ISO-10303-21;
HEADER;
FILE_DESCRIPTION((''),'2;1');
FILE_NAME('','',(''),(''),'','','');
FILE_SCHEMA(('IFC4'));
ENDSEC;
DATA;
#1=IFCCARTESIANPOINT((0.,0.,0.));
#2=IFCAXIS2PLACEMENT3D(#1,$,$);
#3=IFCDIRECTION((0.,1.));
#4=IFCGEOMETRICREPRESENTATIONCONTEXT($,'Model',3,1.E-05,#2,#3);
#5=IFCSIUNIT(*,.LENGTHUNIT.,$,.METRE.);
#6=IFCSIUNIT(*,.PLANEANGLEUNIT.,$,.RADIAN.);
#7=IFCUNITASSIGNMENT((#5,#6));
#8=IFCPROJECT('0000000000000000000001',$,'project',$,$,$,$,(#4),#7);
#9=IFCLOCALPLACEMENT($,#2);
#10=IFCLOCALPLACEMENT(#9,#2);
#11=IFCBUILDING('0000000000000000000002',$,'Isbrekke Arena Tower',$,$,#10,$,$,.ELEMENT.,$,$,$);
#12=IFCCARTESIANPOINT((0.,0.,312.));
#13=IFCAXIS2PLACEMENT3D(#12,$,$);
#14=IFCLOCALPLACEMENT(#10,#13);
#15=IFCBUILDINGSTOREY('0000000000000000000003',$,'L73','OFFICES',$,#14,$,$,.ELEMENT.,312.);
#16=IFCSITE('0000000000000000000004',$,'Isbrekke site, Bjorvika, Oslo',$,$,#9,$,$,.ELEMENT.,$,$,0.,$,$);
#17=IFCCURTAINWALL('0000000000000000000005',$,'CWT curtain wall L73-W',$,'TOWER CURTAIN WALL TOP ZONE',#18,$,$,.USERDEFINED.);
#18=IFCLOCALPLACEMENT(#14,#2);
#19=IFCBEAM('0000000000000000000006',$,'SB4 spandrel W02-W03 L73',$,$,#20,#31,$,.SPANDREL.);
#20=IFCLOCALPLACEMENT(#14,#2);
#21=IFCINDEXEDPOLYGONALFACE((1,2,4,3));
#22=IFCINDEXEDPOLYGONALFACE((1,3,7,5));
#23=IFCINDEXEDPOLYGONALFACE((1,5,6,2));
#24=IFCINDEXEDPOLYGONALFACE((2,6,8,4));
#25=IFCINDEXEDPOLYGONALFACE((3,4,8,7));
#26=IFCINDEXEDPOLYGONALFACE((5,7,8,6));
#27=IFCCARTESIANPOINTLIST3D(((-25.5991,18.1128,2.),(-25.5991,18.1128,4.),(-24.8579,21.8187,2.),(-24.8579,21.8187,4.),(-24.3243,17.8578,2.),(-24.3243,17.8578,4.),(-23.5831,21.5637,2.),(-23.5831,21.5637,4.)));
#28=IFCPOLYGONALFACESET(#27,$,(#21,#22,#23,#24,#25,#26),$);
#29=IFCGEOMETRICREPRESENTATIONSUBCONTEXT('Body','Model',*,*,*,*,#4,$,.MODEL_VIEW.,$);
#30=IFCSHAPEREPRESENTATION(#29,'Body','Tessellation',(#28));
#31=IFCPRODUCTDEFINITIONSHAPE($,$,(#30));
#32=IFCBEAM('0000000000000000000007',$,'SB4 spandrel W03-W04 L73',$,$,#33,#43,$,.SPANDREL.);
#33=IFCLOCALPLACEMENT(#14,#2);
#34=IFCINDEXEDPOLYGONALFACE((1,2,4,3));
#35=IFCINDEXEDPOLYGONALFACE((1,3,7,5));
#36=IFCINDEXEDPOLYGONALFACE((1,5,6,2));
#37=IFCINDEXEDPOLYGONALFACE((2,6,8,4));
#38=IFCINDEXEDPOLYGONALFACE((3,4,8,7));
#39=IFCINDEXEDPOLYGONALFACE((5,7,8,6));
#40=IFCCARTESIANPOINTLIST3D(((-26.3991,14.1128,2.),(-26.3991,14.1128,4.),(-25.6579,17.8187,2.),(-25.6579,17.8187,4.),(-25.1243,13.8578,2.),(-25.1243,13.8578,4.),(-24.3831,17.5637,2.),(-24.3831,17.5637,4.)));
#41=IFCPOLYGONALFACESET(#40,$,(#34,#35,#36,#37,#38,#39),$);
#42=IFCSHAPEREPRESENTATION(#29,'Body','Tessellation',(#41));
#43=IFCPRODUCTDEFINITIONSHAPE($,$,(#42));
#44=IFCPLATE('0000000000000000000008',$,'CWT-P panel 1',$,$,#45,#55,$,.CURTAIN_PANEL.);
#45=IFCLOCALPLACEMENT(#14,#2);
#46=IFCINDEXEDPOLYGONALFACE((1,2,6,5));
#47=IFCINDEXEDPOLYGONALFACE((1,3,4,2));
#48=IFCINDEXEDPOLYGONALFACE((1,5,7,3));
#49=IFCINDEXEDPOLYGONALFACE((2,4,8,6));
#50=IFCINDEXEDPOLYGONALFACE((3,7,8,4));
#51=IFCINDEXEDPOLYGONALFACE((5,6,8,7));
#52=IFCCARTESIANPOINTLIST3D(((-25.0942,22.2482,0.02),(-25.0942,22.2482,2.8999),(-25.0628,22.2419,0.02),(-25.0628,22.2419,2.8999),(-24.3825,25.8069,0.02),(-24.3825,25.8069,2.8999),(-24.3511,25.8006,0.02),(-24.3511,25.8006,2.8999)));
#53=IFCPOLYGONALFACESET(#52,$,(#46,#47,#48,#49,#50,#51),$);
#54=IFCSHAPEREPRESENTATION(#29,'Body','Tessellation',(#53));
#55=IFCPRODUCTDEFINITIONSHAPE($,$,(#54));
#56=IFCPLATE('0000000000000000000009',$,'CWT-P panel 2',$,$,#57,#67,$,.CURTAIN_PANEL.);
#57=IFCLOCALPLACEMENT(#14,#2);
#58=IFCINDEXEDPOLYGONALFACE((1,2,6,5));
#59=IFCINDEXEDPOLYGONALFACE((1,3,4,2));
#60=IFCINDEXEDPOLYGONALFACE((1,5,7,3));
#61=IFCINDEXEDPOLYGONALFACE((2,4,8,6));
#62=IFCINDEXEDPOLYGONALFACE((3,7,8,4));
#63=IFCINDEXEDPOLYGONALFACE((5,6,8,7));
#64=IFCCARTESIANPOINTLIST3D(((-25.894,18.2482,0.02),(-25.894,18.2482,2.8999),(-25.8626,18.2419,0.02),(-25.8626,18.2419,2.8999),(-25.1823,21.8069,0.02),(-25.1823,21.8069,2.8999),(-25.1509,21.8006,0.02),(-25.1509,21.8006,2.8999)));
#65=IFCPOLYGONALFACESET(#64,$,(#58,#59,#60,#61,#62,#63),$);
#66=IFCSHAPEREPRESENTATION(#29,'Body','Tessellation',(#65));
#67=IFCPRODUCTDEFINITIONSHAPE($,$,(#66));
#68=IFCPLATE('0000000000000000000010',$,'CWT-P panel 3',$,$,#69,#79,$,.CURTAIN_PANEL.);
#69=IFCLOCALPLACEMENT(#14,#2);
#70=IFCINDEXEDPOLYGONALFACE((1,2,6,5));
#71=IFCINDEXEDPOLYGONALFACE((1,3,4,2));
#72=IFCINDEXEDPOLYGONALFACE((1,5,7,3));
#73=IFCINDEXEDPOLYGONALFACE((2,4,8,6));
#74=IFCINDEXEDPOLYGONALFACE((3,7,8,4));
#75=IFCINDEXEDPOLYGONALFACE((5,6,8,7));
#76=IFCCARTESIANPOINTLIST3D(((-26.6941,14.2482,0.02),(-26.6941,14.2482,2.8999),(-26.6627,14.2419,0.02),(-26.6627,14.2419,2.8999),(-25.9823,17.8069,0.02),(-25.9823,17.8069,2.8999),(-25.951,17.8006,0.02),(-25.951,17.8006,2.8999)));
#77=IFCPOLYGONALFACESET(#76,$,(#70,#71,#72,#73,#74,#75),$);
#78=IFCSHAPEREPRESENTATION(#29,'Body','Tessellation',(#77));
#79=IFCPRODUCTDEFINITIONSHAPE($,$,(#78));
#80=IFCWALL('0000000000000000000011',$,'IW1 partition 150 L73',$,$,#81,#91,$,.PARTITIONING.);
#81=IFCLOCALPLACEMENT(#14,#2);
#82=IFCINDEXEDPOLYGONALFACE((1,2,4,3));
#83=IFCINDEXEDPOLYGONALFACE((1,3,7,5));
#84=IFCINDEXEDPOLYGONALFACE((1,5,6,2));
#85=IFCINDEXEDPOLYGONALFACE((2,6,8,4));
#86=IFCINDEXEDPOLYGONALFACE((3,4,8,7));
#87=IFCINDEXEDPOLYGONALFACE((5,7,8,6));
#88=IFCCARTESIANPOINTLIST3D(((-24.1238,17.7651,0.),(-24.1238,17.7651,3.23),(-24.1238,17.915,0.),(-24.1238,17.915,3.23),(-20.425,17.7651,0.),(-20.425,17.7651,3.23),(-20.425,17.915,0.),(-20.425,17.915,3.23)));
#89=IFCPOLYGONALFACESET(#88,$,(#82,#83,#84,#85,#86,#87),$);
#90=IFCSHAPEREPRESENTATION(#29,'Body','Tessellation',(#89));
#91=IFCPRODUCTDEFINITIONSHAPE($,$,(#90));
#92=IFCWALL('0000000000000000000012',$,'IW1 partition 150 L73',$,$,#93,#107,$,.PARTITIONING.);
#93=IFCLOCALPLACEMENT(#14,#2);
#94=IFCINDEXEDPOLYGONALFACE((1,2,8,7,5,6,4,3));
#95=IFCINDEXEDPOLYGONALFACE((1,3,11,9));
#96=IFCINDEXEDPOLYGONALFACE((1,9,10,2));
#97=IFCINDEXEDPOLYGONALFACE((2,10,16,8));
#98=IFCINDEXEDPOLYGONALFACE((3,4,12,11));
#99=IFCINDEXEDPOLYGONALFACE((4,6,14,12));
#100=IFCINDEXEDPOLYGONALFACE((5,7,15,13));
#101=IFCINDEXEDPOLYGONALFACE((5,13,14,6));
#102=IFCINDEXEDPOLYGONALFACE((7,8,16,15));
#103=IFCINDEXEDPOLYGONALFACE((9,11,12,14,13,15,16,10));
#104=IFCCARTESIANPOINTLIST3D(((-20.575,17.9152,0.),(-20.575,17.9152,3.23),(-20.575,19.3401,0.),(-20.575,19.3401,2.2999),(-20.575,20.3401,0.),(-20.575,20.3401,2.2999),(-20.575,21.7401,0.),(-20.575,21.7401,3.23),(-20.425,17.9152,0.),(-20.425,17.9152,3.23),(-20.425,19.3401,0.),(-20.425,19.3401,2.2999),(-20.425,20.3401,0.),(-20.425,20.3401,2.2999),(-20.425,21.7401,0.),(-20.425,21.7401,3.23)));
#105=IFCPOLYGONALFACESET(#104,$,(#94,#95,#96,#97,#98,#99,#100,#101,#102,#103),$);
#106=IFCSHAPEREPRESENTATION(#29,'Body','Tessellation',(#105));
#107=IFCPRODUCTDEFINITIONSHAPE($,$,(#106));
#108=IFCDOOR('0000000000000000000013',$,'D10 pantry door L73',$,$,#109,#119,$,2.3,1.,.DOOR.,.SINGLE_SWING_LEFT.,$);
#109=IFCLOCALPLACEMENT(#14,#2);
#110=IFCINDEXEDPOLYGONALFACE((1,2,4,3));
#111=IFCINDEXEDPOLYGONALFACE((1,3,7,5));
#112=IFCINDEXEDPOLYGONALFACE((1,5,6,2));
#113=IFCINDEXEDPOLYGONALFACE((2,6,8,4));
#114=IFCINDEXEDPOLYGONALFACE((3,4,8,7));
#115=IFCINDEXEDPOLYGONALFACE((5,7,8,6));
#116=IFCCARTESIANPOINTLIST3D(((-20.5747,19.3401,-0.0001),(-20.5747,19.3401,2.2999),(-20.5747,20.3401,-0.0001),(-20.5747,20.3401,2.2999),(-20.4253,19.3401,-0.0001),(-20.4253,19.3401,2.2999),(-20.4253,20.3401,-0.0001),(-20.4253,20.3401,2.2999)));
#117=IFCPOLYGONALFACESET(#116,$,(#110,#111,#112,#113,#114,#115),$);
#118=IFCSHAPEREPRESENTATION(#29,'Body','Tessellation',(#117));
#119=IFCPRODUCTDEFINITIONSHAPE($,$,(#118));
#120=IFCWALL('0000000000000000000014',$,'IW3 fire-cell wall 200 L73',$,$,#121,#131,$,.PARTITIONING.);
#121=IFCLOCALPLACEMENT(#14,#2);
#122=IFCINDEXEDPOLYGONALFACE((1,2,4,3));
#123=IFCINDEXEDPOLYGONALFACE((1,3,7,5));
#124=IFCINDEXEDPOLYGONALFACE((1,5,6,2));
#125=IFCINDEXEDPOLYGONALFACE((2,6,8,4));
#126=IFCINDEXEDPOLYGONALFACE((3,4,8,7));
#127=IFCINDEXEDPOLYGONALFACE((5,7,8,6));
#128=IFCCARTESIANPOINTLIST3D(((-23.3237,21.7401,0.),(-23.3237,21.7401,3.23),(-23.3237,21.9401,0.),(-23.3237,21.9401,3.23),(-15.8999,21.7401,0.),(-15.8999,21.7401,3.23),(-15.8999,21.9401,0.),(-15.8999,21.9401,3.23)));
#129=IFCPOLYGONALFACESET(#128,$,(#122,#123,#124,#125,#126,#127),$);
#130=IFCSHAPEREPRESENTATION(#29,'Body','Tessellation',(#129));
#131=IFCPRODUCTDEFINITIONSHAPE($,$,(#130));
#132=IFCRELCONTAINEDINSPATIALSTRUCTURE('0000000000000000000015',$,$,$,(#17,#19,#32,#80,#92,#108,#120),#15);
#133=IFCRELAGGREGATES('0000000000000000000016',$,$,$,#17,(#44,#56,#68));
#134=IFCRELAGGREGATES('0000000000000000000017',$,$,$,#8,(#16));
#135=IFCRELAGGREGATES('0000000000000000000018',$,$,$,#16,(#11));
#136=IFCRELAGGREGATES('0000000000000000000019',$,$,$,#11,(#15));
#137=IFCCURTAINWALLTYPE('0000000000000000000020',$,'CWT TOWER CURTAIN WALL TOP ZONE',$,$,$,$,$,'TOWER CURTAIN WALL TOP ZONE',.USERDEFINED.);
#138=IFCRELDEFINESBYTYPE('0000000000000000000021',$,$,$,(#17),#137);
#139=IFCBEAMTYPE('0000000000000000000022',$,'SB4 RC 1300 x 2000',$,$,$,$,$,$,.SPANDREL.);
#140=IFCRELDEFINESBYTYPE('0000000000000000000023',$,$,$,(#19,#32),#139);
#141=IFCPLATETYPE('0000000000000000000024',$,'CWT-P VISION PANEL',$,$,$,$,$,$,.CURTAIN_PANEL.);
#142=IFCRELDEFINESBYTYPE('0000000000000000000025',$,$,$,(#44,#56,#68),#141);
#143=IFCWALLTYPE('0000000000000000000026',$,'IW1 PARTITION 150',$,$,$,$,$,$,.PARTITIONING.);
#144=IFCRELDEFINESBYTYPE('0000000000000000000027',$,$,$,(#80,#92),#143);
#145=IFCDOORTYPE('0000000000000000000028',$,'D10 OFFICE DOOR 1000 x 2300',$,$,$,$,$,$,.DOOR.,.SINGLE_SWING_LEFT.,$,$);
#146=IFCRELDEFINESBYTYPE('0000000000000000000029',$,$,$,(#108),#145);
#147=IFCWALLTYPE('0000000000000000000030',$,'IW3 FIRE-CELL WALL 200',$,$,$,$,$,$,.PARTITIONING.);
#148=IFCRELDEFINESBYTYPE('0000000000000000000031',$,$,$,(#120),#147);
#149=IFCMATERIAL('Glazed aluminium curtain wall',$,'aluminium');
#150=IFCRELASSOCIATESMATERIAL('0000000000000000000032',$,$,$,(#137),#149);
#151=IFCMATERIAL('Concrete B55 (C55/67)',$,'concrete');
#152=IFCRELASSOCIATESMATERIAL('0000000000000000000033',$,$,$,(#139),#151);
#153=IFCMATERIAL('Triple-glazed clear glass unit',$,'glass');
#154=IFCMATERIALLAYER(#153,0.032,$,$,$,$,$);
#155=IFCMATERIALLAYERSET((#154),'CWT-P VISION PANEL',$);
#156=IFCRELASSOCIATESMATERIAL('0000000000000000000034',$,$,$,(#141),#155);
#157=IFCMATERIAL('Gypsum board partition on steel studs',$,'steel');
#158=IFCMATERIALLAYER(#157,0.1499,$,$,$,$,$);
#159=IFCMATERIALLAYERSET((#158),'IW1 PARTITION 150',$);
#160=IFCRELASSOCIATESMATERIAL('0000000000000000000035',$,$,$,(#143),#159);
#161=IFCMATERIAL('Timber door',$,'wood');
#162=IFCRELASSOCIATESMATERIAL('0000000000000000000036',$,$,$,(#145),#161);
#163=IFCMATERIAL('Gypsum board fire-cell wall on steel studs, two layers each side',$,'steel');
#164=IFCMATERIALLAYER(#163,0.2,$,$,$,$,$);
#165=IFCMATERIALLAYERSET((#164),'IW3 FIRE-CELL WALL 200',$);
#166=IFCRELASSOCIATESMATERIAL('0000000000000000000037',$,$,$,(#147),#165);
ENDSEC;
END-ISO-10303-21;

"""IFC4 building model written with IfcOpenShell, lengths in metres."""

from ifc_helpers import new_model, si_unit, direction, frame, frame_2d, origin, origin_2d, place, context, subcontext, project, spatial, rectangle, extrude, material, layer, layer_set, material_profile, profile_set, type_object, element, fill, aggregate, save


model = new_model("IFC4")

# Units and contexts
model_context = context("Model", 3, precision=1e-05, world=origin(), true_north=direction((0.0, 1.0)))
body_context = subcontext(model_context, "Body", "Model", "MODEL_VIEW")
ifc_project = project(units=[si_unit("LENGTHUNIT", "METRE"), si_unit("PLANEANGLEUNIT", "RADIAN")], contexts=[model_context])

# Site, building, storey
site_placement = place(None, origin())
site = spatial("IfcSite", under=ifc_project, at=site_placement, Name="Isbrekke site, Bjorvika, Oslo", CompositionType="ELEMENT", RefElevation=0.0)
building_placement = place(site_placement, origin())
building = spatial("IfcBuilding", under=site, at=building_placement, Name="Isbrekke Arena Tower", CompositionType="ELEMENT")
storey_placement = place(building_placement, frame((0.0, 0.0, 312.0)))
storey = spatial("IfcBuildingStorey", under=building, at=storey_placement, Name="L73", Description="OFFICES", CompositionType="ELEMENT", Elevation=312.0)

# Curtain wall
ifc_material_1 = material(Name="Glazed aluminium curtain wall", Category="aluminium")
curtain_wall_type = type_object("IfcCurtainWallType", Name="CWT TOWER CURTAIN WALL TOP ZONE", ElementType="TOWER CURTAIN WALL TOP ZONE", PredefinedType="USERDEFINED", material=ifc_material_1)
curtain_wall_placement = place(storey_placement, origin())
curtain_wall = element("IfcCurtainWall", 1, at=curtain_wall_placement, inside=storey, type_object=curtain_wall_type, Name="CWT curtain wall L73-W", ObjectType="TOWER CURTAIN WALL TOP ZONE", PredefinedType="USERDEFINED")

# Beams
ifc_material_2 = material(Name="Concrete B55 (C55/67)", Category="concrete")
ifc_material_profile_1 = material_profile(ifc_material_2, rectangle(XDim=1.3, YDim=2.0, at=origin_2d()), Name="RC 1300x2000")
ifc_profile_set_1 = profile_set([ifc_material_profile_1], Name="Concrete B55 (C55/67)")
beam_type_1 = type_object("IfcBeamType", Name="SB4 RC 1300 x 2000", PredefinedType="SPANDREL", material=ifc_profile_set_1)
for number, where, z_axis, x_axis, name in (
    (2, (-24.2205, 21.6912, 3.0), (-0.196129, -0.980578, 0.0), (0.980578, -0.196129, 0.0), "SB4 spandrel W02-W03 L73"),
    (3, (-25.0205, 17.6912, 3.0), (-0.196129, -0.980578, 0.0), (0.980578, -0.196129, 0.0), "SB4 spandrel W03-W04 L73"),
):
    element("IfcBeam", number, at=place(storey_placement, frame(where, z_axis=z_axis, x_axis=x_axis)), inside=storey, type_object=beam_type_1, Name=name, PredefinedType="SPANDREL", context=body_context, shape_type="SweptSolid", body=[
        extrude(rectangle(XDim=1.3, YDim=2.0, at=origin_2d()), origin(), (0.0, 0.0, 1.0), 3.7793),
    ])

# Plates
ifc_material_3 = material(Name="Triple-glazed clear glass unit", Category="glass")
ifc_layer_1 = layer(ifc_material_3, 0.032)
ifc_layer_set_1 = layer_set([ifc_layer_1], Name="CWT-P VISION PANEL")
plate_type = type_object("IfcPlateType", Name="CWT-P VISION PANEL", PredefinedType="CURTAIN_PANEL", material=ifc_layer_set_1)
plate_1_placement = place(storey_placement, frame((-24.7227, 24.0244, 0.02), z_axis=(0.0, 0.0, 1.0), x_axis=(-0.196116, -0.980581, 0.0)))
plate_1 = element("IfcPlate", 4, at=plate_1_placement, type_object=plate_type, Name="CWT-P panel 1", PredefinedType="CURTAIN_PANEL", context=body_context, shape_type="SweptSolid", body=[
    extrude(rectangle(XDim=3.6292, YDim=0.032, at=origin_2d()), origin(), (0.0, 0.0, 1.0), 2.8799),
])
plate_2_placement = place(storey_placement, frame((-25.5225, 20.0244, 0.02), z_axis=(0.0, 0.0, 1.0), x_axis=(-0.196116, -0.980581, 0.0)))
plate_2 = element("IfcPlate", 5, at=plate_2_placement, type_object=plate_type, Name="CWT-P panel 2", PredefinedType="CURTAIN_PANEL", context=body_context, shape_type="SweptSolid", body=[
    extrude(rectangle(XDim=3.6292, YDim=0.032, at=origin_2d()), origin(), (0.0, 0.0, 1.0), 2.8799),
])
plate_3_placement = place(storey_placement, frame((-26.3225, 16.0244, 0.02), z_axis=(0.0, 0.0, 1.0), x_axis=(-0.196116, -0.980581, 0.0)))
plate_3 = element("IfcPlate", 6, at=plate_3_placement, type_object=plate_type, Name="CWT-P panel 3", PredefinedType="CURTAIN_PANEL", context=body_context, shape_type="SweptSolid", body=[
    extrude(rectangle(XDim=3.6292, YDim=0.032, at=origin_2d()), origin(), (0.0, 0.0, 1.0), 2.8799),
])
aggregate(curtain_wall, [plate_1, plate_2, plate_3])

# Wall
ifc_material_4 = material(Name="Gypsum board partition on steel studs", Category="steel")
ifc_layer_2 = layer(ifc_material_4, 0.1499)
ifc_layer_set_2 = layer_set([ifc_layer_2], Name="IW1 PARTITION 150")
wall_type_1 = type_object("IfcWallType", Name="IW1 PARTITION 150", PredefinedType="PARTITIONING", material=ifc_layer_set_2)
wall_1_placement = place(storey_placement, frame((-24.1238, 17.8401, 0.0), z_axis=(0.0, 0.0, 1.0), x_axis=(1.0, 0.0, 0.0)))
element("IfcWall", 7, at=wall_1_placement, inside=storey, type_object=wall_type_1, Name="IW1 partition 150 L73", PredefinedType="PARTITIONING", context=body_context, shape_type="SweptSolid", body=[
    extrude(rectangle(XDim=3.6987, YDim=0.1499, at=frame_2d((1.8494, 0.0))), origin(), (0.0, 0.0, 1.0), 3.23),
])

# Wall, opening, door
wall_2_placement = place(storey_placement, frame((-20.5, 17.915, 0.0), z_axis=(0.0, 0.0, 1.0), x_axis=(0.0, 1.0, 0.0)))
wall_2 = element("IfcWall", 8, at=wall_2_placement, inside=storey, type_object=wall_type_1, Name="IW1 partition 150 L73", PredefinedType="PARTITIONING", context=body_context, shape_type="SweptSolid", body=[
    extrude(rectangle(XDim=3.825, YDim=0.1499, at=frame_2d((1.9126, 0.0))), origin(), (0.0, 0.0, 1.0), 3.23),
])
opening_1_placement = place(wall_2_placement, frame((1.425, 0.0, 0.0)))
opening_1 = element("IfcOpeningElement", 9, at=opening_1_placement, cuts=wall_2, PredefinedType="OPENING", context=body_context, shape_type="SweptSolid", body=[
    extrude(rectangle(XDim=1.0, YDim=2.3, at=frame_2d((0.5, 1.1499))), frame((0.0, 0.0898, 0.0), z_axis=(0.0, -1.0, 0.0), x_axis=(1.0, 0.0, 0.0)), (0.0, 0.0, 1.0), 0.1797),
])
ifc_material_5 = material(Name="Timber door", Category="wood")
door_type_1 = type_object("IfcDoorType", Name="D10 OFFICE DOOR 1000 x 2300", OperationType="SINGLE_SWING_LEFT", PredefinedType="DOOR", material=ifc_material_5)
door_1_placement = place(opening_1_placement, origin())
door_1 = element("IfcDoor", 10, at=door_1_placement, inside=storey, type_object=door_type_1, Name="D10 pantry door L73", OperationType="SINGLE_SWING_LEFT", OverallHeight=2.3, OverallWidth=1.0, PredefinedType="DOOR", context=body_context, shape_type="SweptSolid", body=[
    extrude(rectangle(XDim=1.0, YDim=2.3, at=frame_2d((0.5, 1.1499))), frame((0.0, 0.0747, 0.0), z_axis=(0.0, -1.0, 0.0), x_axis=(1.0, 0.0, 0.0)), (0.0, 0.0, 1.0), 0.1494),
])
fill(opening_1, door_1)

# Wall
ifc_material_6 = material(Name="Gypsum board fire-cell wall on steel studs, two layers each side", Category="steel")
ifc_layer_3 = layer(ifc_material_6, 0.2)
ifc_layer_set_3 = layer_set([ifc_layer_3], Name="IW3 FIRE-CELL WALL 200")
wall_type_2 = type_object("IfcWallType", Name="IW3 FIRE-CELL WALL 200", PredefinedType="PARTITIONING", material=ifc_layer_set_3)
wall_3_placement = place(storey_placement, frame((-23.3237, 21.8401, 0.0), z_axis=(0.0, 0.0, 1.0), x_axis=(1.0, 0.0, 0.0)))
element("IfcWall", 11, at=wall_3_placement, inside=storey, type_object=wall_type_2, Name="IW3 fire-cell wall 200 L73", PredefinedType="PARTITIONING", context=body_context, shape_type="SweptSolid", body=[
    extrude(rectangle(XDim=7.4238, YDim=0.2, at=frame_2d((3.7119, 0.0))), origin(), (0.0, 0.0, 1.0), 3.23),
])

save(model, "model.ifc")
